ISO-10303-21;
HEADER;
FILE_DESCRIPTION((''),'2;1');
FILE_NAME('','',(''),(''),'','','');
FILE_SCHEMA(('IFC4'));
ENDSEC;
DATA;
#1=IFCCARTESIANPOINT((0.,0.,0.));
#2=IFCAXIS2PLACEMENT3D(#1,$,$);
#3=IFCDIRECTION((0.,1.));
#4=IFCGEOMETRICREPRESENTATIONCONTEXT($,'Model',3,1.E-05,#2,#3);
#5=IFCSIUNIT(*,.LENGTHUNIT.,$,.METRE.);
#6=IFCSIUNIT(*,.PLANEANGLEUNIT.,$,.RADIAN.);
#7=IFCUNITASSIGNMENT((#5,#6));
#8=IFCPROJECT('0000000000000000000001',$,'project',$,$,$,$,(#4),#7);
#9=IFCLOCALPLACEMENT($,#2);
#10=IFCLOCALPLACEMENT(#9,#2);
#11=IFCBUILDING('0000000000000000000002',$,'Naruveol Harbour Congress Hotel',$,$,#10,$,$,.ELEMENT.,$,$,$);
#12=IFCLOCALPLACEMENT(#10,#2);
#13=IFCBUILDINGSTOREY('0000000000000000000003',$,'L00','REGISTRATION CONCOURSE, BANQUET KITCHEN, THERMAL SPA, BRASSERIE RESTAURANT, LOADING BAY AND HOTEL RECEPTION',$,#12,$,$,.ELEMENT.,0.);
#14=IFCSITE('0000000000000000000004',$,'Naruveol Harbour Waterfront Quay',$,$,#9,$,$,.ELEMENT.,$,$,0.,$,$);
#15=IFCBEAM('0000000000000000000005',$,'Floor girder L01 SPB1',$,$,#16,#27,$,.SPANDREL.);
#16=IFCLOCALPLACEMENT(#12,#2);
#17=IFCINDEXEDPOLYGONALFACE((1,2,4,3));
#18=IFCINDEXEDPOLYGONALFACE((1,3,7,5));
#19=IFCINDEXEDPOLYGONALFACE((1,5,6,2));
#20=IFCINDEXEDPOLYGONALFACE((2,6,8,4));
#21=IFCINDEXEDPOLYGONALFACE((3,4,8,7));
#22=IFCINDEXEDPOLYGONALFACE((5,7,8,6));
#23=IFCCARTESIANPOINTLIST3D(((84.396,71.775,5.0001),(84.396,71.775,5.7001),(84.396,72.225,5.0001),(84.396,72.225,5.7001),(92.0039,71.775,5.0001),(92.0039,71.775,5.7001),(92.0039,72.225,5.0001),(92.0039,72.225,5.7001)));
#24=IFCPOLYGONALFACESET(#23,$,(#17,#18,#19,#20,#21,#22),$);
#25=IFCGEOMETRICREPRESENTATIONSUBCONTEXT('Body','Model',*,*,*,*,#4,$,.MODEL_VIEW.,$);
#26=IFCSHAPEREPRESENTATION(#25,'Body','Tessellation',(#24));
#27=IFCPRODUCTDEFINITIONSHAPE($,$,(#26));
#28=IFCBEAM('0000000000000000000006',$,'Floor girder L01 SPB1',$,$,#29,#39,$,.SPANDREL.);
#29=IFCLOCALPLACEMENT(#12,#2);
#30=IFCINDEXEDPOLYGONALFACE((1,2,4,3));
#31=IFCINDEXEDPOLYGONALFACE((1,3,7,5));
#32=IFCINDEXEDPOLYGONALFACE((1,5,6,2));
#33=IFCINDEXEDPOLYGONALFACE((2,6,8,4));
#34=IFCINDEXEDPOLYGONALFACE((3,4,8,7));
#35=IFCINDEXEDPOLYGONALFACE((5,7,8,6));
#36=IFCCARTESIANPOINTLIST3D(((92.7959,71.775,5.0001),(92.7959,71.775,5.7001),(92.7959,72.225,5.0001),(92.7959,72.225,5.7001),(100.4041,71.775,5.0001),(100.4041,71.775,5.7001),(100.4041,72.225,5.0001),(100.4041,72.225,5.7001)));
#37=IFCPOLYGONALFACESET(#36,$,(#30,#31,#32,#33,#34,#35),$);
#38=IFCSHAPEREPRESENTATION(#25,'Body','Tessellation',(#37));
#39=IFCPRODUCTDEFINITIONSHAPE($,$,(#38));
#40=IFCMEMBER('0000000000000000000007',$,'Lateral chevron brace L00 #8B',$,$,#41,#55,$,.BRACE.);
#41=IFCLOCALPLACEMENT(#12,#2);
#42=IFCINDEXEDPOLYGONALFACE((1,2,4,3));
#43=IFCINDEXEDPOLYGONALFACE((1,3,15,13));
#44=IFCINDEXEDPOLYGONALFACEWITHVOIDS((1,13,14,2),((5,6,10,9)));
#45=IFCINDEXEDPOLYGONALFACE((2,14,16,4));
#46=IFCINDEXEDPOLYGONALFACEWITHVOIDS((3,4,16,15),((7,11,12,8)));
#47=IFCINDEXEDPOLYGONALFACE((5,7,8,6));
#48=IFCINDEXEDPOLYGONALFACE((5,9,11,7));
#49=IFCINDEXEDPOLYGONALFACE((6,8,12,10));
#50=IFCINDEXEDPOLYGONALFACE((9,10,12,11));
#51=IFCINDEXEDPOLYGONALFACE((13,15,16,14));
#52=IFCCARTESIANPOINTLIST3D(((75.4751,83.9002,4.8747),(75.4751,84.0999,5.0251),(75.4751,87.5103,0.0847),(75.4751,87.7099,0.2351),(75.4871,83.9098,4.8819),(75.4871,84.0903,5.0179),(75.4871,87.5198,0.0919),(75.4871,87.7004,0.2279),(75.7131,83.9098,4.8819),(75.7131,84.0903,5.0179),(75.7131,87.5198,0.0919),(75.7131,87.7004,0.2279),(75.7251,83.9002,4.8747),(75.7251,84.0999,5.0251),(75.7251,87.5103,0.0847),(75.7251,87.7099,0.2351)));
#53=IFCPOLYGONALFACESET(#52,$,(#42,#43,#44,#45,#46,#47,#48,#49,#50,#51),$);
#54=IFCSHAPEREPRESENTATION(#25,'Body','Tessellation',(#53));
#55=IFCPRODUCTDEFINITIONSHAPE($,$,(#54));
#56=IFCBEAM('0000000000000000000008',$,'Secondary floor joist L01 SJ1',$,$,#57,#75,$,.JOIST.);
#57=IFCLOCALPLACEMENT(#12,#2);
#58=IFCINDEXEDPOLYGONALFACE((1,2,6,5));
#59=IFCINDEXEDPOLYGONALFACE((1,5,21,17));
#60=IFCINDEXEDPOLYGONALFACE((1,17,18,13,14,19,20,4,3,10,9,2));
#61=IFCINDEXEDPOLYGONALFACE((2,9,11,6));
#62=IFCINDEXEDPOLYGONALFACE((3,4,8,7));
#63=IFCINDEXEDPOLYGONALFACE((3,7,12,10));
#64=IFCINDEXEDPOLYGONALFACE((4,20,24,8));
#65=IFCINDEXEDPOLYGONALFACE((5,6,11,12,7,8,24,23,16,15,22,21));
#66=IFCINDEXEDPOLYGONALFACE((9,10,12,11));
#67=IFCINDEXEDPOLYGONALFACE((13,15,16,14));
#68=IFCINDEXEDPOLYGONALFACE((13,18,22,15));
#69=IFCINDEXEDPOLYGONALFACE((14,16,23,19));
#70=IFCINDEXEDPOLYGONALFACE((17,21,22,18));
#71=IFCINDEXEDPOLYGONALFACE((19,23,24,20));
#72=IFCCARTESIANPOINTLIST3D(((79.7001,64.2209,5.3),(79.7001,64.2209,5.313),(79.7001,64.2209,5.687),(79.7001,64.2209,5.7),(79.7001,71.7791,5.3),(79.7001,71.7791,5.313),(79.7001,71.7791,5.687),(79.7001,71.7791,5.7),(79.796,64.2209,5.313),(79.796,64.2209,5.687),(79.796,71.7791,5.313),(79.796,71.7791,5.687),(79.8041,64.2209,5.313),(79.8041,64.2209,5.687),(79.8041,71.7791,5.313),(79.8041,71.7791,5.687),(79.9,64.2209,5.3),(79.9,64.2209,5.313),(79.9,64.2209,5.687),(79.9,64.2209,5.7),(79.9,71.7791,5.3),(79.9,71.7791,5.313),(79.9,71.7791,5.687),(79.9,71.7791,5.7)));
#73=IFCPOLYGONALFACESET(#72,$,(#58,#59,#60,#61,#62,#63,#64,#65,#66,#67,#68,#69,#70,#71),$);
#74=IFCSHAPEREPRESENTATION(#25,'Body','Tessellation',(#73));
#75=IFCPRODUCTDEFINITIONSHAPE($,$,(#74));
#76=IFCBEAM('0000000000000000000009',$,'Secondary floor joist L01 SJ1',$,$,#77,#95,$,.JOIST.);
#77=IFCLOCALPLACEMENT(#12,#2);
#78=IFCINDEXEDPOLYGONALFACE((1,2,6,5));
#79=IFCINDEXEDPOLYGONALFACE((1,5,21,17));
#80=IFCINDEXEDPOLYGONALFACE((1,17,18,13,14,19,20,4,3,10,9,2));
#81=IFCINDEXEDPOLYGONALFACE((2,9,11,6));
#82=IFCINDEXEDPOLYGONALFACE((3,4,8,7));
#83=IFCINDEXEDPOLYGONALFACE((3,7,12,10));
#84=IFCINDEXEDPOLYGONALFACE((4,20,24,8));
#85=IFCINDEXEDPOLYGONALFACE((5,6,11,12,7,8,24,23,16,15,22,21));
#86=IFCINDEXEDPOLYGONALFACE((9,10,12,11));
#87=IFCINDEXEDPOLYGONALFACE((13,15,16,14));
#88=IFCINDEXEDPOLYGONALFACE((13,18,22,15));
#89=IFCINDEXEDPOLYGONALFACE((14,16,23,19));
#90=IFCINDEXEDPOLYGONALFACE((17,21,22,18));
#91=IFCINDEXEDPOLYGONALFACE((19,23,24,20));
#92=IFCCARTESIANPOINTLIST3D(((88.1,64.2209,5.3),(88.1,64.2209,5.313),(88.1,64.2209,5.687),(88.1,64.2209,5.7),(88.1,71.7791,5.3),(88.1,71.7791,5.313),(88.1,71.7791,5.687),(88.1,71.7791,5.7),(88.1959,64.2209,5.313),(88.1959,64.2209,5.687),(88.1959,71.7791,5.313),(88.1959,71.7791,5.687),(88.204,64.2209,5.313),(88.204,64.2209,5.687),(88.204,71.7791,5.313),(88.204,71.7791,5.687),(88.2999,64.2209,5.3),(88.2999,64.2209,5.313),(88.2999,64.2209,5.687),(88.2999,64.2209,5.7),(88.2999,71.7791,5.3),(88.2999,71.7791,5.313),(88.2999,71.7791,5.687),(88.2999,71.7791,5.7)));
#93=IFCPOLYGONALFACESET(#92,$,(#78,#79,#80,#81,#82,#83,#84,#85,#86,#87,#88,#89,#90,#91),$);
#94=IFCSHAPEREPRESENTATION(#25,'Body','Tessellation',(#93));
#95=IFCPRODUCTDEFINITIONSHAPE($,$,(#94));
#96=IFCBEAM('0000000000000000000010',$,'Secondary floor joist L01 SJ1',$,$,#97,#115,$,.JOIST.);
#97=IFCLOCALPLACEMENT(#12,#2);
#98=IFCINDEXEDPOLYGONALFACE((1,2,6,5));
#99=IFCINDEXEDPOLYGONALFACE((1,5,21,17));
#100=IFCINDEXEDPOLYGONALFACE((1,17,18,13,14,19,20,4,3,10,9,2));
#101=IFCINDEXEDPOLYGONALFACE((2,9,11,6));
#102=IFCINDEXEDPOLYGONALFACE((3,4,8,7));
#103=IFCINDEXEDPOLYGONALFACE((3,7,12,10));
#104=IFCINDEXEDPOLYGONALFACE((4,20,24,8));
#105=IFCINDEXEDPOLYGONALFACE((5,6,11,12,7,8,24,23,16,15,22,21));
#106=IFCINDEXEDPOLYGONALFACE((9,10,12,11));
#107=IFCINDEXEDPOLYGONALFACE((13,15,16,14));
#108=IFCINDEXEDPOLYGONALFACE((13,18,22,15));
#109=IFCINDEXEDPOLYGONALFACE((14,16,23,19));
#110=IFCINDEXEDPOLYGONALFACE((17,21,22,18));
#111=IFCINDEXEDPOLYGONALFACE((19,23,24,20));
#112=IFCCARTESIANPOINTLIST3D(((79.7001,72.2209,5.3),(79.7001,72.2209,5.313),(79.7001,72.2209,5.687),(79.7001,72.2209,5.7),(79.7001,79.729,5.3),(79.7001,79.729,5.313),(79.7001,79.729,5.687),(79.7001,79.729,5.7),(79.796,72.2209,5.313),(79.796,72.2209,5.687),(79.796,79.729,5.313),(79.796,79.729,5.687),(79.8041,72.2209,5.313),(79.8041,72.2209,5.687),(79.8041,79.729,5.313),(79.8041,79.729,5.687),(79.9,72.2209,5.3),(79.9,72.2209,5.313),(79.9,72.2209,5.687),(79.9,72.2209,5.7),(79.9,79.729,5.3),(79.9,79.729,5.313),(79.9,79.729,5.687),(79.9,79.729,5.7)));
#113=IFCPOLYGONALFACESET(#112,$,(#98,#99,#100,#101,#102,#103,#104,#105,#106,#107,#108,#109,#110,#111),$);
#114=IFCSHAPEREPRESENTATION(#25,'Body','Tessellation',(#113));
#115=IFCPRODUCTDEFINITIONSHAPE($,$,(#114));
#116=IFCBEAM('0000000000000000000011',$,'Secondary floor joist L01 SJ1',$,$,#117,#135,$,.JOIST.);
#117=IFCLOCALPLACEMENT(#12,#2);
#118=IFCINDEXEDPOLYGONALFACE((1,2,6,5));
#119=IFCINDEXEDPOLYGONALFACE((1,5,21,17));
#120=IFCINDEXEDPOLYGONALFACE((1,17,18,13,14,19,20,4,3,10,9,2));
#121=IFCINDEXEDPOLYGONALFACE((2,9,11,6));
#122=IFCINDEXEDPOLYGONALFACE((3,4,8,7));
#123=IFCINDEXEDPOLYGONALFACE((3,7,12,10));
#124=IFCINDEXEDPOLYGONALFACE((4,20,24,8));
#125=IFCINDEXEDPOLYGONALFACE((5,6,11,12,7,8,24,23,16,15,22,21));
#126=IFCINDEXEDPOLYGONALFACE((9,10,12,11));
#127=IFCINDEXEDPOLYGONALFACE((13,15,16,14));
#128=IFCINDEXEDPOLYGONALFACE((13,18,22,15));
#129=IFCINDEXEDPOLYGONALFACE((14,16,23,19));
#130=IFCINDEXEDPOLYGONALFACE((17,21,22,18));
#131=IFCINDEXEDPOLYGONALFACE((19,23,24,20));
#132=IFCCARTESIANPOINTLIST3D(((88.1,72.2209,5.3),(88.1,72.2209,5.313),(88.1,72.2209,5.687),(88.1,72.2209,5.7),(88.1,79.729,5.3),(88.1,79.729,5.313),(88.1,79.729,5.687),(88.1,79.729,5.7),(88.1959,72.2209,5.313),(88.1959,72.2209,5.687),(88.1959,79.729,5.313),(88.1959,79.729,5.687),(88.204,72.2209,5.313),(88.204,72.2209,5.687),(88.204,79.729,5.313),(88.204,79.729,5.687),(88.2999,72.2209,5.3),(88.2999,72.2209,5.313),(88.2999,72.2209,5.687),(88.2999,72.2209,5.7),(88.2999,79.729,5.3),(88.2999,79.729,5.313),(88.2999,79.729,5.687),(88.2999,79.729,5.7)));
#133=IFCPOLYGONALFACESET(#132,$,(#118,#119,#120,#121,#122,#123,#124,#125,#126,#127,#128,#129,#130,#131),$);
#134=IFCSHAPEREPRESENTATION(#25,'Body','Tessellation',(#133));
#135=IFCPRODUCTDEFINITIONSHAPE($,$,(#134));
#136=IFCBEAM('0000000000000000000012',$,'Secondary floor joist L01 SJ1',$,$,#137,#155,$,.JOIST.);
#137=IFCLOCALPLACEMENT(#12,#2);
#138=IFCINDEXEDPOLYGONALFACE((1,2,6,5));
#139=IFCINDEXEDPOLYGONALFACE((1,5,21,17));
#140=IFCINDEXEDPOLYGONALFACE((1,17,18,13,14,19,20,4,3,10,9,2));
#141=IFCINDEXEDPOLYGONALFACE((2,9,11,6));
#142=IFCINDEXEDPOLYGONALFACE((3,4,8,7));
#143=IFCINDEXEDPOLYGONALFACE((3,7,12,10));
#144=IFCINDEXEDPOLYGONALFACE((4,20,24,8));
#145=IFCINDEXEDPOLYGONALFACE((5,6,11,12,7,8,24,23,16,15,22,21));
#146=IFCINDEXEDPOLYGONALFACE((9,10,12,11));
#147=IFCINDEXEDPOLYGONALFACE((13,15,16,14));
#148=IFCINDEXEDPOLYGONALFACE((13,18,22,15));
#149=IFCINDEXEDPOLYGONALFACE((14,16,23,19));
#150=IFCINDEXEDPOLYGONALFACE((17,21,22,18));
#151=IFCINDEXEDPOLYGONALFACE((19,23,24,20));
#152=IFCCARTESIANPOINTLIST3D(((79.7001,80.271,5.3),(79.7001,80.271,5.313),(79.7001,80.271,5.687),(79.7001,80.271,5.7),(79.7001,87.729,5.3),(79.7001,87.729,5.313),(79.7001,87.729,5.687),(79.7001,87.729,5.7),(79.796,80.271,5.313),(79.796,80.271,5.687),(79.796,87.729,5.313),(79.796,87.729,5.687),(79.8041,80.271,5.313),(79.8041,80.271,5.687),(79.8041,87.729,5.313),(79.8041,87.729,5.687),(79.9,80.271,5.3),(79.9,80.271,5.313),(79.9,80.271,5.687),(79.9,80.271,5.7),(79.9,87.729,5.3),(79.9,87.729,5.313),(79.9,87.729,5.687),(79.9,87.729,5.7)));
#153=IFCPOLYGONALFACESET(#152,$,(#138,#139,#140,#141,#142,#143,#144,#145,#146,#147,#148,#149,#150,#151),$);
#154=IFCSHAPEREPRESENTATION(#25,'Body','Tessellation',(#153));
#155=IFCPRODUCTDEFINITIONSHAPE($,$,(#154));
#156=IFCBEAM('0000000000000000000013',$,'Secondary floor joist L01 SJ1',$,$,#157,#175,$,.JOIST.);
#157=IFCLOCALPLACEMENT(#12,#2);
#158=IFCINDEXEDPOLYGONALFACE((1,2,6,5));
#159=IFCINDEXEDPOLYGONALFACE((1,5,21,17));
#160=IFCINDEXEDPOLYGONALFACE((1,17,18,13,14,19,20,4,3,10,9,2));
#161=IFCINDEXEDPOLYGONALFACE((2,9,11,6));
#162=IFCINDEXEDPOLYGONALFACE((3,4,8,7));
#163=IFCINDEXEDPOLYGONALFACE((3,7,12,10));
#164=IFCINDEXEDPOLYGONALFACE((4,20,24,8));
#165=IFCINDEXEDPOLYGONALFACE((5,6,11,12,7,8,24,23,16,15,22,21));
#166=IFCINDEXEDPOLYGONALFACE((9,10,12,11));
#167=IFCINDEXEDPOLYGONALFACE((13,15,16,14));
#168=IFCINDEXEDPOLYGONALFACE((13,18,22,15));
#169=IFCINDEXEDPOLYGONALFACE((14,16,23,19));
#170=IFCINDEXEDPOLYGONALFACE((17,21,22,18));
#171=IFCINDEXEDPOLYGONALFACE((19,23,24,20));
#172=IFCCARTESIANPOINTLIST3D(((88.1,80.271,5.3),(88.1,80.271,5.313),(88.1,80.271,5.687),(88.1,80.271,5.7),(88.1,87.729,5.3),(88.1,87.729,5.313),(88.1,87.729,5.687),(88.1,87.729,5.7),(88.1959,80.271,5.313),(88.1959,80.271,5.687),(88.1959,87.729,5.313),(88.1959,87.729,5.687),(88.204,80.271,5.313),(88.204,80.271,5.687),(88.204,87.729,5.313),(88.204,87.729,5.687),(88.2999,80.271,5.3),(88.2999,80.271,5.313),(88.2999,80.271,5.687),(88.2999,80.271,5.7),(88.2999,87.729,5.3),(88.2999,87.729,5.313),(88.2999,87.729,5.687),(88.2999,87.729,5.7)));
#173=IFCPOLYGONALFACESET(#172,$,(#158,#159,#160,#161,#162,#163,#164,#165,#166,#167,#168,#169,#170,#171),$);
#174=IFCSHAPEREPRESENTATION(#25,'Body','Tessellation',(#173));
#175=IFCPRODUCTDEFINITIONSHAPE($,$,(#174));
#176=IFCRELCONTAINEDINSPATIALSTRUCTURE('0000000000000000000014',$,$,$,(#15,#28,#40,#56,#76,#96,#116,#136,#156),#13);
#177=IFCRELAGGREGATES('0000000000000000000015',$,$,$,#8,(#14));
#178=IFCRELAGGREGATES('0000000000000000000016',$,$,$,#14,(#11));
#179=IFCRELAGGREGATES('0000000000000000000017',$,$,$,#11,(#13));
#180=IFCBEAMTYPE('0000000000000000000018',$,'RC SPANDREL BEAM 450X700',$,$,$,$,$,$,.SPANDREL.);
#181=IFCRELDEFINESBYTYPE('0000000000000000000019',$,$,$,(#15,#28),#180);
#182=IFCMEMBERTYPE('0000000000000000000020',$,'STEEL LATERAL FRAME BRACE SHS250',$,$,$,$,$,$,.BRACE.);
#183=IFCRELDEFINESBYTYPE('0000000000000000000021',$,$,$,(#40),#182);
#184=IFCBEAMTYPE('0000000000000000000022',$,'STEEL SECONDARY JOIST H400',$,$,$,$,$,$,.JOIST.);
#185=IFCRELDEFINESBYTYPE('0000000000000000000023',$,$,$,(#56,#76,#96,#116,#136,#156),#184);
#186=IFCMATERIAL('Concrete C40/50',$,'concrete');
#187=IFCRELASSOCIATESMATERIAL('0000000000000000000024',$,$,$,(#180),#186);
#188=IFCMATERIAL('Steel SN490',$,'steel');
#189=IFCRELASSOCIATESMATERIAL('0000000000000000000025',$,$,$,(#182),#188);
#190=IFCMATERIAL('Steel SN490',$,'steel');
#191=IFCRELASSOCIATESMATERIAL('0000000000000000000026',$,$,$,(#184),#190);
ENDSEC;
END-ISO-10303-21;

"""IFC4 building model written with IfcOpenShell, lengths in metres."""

from ifc_helpers import new_model, si_unit, direction, frame, origin, origin_2d, place, context, subcontext, project, spatial, rectangle, hollow_rectangle, i_section, extrude, material, material_profile, profile_set, type_object, element, save


model = new_model("IFC4")

# Units and contexts
model_context = context("Model", 3, precision=1e-05, world=origin(), true_north=direction((0.0, 1.0)))
body_context = subcontext(model_context, "Body", "Model", "MODEL_VIEW")
ifc_project = project(units=[si_unit("LENGTHUNIT", "METRE"), si_unit("PLANEANGLEUNIT", "RADIAN")], contexts=[model_context])

# Site, building, storey
site_placement = place(None, origin())
site = spatial("IfcSite", under=ifc_project, at=site_placement, Name="Naruveol Harbour Waterfront Quay", CompositionType="ELEMENT", RefElevation=0.0)
building_placement = place(site_placement, origin())
building = spatial("IfcBuilding", under=site, at=building_placement, Name="Naruveol Harbour Congress Hotel", CompositionType="ELEMENT")
storey_placement = place(building_placement, origin())
storey = spatial("IfcBuildingStorey", under=building, at=storey_placement, Name="L00", Description="REGISTRATION CONCOURSE, BANQUET KITCHEN, THERMAL SPA, BRASSERIE RESTAURANT, LOADING BAY AND HOTEL RECEPTION", CompositionType="ELEMENT", Elevation=0.0)

# Beams
ifc_material_1 = material(Name="Concrete C40/50", Category="concrete")
ifc_material_profile_1 = material_profile(ifc_material_1, rectangle(XDim=0.45, YDim=0.7, at=origin_2d()), Name="RCB-450x700")
ifc_profile_set_1 = profile_set([ifc_material_profile_1], Name="Concrete C40/50")
beam_type_1 = type_object("IfcBeamType", Name="RC SPANDREL BEAM 450X700", PredefinedType="SPANDREL", material=ifc_profile_set_1)
for number, where, z_axis, x_axis, name in (
    (1, (84.396, 72.0, 5.3501), (1.0, 0.0, 0.0), (0.0, 1.0, 0.0), "Floor girder L01 SPB1"),
):
    element("IfcBeam", number, at=place(storey_placement, frame(where, z_axis=z_axis, x_axis=x_axis)), inside=storey, type_object=beam_type_1, Name=name, PredefinedType="SPANDREL", context=body_context, shape_type="SweptSolid", body=[
        extrude(rectangle(XDim=0.45, YDim=0.7, at=origin_2d()), origin(), (0.0, 0.0, 1.0), 7.6079),
    ])
beam_1_placement = place(storey_placement, frame((92.7959, 72.0, 5.3501), z_axis=(1.0, 0.0, 0.0), x_axis=(0.0, 1.0, 0.0)))
element("IfcBeam", 2, at=beam_1_placement, inside=storey, type_object=beam_type_1, Name="Floor girder L01 SPB1", PredefinedType="SPANDREL", context=body_context, shape_type="SweptSolid", body=[
    extrude(rectangle(XDim=0.45, YDim=0.7, at=origin_2d()), origin(), (0.0, 0.0, 1.0), 7.6082),
])

# Member
ifc_material_2 = material(Name="Steel SN490", Category="steel")
ifc_material_profile_2 = material_profile(ifc_material_2, hollow_rectangle(XDim=0.25, YDim=0.25, WallThickness=0.012, at=origin_2d()), Name="SHS-250x250x12")
ifc_profile_set_2 = profile_set([ifc_material_profile_2], Name="Steel SN490")
member_type = type_object("IfcMemberType", Name="STEEL LATERAL FRAME BRACE SHS250", PredefinedType="BRACE", material=ifc_profile_set_2)
member_placement = place(storey_placement, frame((75.6001, 87.6101, 0.1599), z_axis=(0.0, -0.601874, 0.798591), x_axis=(1.0, 0.0, 0.0)))
element("IfcMember", 3, at=member_placement, inside=storey, type_object=member_type, Name="Lateral chevron brace L00 #8B", PredefinedType="BRACE", context=body_context, shape_type="SweptSolid", body=[
    extrude(hollow_rectangle(XDim=0.25, YDim=0.25, WallThickness=0.012, at=origin_2d()), origin(), (0.0, 0.0, 1.0), 5.998),
])

# Beams
ifc_material_3 = material(Name="Steel SN490", Category="steel")
ifc_material_profile_3 = material_profile(ifc_material_3, i_section(OverallWidth=0.2, OverallDepth=0.3999, WebThickness=0.0081, FlangeThickness=0.0129, at=origin_2d()), Name="H-400x200x8x13")
ifc_profile_set_3 = profile_set([ifc_material_profile_3], Name="Steel SN490")
beam_type_2 = type_object("IfcBeamType", Name="STEEL SECONDARY JOIST H400", PredefinedType="JOIST", material=ifc_profile_set_3)
for number, where, z_axis, x_axis, name in (
    (4, (79.8, 64.2209, 5.5), (0.0, 1.0, 0.0), (-1.0, 0.0, 0.0), "Secondary floor joist L01 SJ1"),
    (5, (88.2, 64.2209, 5.5), (0.0, 1.0, 0.0), (-1.0, 0.0, 0.0), "Secondary floor joist L01 SJ1"),
):
    element("IfcBeam", number, at=place(storey_placement, frame(where, z_axis=z_axis, x_axis=x_axis)), inside=storey, type_object=beam_type_2, Name=name, PredefinedType="JOIST", context=body_context, shape_type="SweptSolid", body=[
        extrude(i_section(OverallWidth=0.2, OverallDepth=0.3999, WebThickness=0.0081, FlangeThickness=0.0129, at=origin_2d()), origin(), (0.0, 0.0, 1.0), 7.5581),
    ])
for number, where, z_axis, x_axis, name in (
    (6, (79.8, 72.2209, 5.5), (0.0, 1.0, 0.0), (-1.0, 0.0, 0.0), "Secondary floor joist L01 SJ1"),
    (7, (88.2, 72.2209, 5.5), (0.0, 1.0, 0.0), (-1.0, 0.0, 0.0), "Secondary floor joist L01 SJ1"),
):
    element("IfcBeam", number, at=place(storey_placement, frame(where, z_axis=z_axis, x_axis=x_axis)), inside=storey, type_object=beam_type_2, Name=name, PredefinedType="JOIST", context=body_context, shape_type="SweptSolid", body=[
        extrude(i_section(OverallWidth=0.2, OverallDepth=0.3999, WebThickness=0.0081, FlangeThickness=0.0129, at=origin_2d()), origin(), (0.0, 0.0, 1.0), 7.5081),
    ])
for number, where, z_axis, x_axis, name in (
    (8, (79.8, 80.271, 5.5), (0.0, 1.0, 0.0), (-1.0, 0.0, 0.0), "Secondary floor joist L01 SJ1"),
    (9, (88.2, 80.271, 5.5), (0.0, 1.0, 0.0), (-1.0, 0.0, 0.0), "Secondary floor joist L01 SJ1"),
):
    element("IfcBeam", number, at=place(storey_placement, frame(where, z_axis=z_axis, x_axis=x_axis)), inside=storey, type_object=beam_type_2, Name=name, PredefinedType="JOIST", context=body_context, shape_type="SweptSolid", body=[
        extrude(i_section(OverallWidth=0.2, OverallDepth=0.3999, WebThickness=0.0081, FlangeThickness=0.0129, at=origin_2d()), origin(), (0.0, 0.0, 1.0), 7.458),
    ])

save(model, "model.ifc")
